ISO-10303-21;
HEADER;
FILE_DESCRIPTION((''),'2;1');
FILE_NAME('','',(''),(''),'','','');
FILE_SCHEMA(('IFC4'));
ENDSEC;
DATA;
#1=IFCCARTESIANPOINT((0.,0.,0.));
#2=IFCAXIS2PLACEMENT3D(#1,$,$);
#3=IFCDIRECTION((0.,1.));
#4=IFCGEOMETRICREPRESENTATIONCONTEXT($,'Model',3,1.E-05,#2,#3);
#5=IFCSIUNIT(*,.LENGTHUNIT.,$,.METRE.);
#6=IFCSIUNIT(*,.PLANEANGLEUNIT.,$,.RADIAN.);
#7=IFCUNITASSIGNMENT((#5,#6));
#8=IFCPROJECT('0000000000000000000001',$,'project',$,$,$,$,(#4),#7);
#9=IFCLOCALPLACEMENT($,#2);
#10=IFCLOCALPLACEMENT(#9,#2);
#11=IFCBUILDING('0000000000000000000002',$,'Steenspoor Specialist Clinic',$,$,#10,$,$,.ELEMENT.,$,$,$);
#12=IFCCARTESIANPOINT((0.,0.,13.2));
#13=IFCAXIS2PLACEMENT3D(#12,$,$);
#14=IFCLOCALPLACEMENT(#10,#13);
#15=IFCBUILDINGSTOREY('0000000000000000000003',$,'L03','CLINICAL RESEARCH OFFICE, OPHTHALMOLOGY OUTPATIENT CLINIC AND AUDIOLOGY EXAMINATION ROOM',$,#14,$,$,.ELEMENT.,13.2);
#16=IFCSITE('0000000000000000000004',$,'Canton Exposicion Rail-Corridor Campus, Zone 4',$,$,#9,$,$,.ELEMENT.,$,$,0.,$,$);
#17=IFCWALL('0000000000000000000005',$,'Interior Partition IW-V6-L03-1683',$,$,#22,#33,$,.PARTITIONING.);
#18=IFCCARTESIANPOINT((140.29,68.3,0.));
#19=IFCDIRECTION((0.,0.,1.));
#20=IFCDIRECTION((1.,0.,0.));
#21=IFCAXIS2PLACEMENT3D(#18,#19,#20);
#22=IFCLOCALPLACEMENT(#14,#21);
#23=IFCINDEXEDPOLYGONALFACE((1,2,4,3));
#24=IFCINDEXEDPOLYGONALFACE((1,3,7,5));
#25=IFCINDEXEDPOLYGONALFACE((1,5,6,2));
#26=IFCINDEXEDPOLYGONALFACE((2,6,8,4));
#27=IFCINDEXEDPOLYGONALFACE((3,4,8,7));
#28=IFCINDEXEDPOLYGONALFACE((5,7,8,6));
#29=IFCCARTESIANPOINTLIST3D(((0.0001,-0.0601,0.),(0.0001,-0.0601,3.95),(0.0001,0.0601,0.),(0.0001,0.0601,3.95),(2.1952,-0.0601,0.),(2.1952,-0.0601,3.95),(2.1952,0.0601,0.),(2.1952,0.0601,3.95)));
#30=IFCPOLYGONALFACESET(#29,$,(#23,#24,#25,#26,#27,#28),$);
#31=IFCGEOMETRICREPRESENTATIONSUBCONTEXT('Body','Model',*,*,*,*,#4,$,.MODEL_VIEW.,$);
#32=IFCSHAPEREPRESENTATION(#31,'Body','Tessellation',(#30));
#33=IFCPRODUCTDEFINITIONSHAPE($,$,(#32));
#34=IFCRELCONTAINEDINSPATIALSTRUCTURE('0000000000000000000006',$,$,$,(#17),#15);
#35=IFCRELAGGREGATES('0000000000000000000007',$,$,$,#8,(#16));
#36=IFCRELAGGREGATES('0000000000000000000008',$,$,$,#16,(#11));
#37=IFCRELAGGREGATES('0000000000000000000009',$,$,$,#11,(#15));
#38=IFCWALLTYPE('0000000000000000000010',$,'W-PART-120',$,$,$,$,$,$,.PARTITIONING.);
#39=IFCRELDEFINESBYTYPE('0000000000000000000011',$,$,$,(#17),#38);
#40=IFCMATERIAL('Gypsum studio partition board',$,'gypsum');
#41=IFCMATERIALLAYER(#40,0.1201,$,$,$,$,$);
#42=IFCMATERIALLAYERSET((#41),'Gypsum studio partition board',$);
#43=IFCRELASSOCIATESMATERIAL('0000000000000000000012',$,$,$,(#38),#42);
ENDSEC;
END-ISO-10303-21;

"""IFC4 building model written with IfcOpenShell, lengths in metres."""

from ifc_helpers import new_model, si_unit, direction, frame, frame_2d, origin, place, context, subcontext, project, spatial, rectangle, extrude, material, layer, layer_set, type_object, element, save


model = new_model("IFC4")

# Units and contexts
model_context = context("Model", 3, precision=1e-05, world=origin(), true_north=direction((0.0, 1.0)))
body_context = subcontext(model_context, "Body", "Model", "MODEL_VIEW")
ifc_project = project(units=[si_unit("LENGTHUNIT", "METRE"), si_unit("PLANEANGLEUNIT", "RADIAN")], contexts=[model_context])

# Site, building, storey
site_placement = place(None, origin())
site = spatial("IfcSite", under=ifc_project, at=site_placement, Name="Canton Exposicion Rail-Corridor Campus, Zone 4", CompositionType="ELEMENT", RefElevation=0.0)
building_placement = place(site_placement, origin())
building = spatial("IfcBuilding", under=site, at=building_placement, Name="Steenspoor Specialist Clinic", CompositionType="ELEMENT")
storey_placement = place(building_placement, frame((0.0, 0.0, 13.2)))
storey = spatial("IfcBuildingStorey", under=building, at=storey_placement, Name="L03", Description="CLINICAL RESEARCH OFFICE, OPHTHALMOLOGY OUTPATIENT CLINIC AND AUDIOLOGY EXAMINATION ROOM", CompositionType="ELEMENT", Elevation=13.2)

# Wall
ifc_material_1 = material(Name="Gypsum studio partition board", Category="gypsum")
ifc_layer_1 = layer(ifc_material_1, 0.1201)
ifc_layer_set_1 = layer_set([ifc_layer_1], Name="Gypsum studio partition board")
wall_type_1 = type_object("IfcWallType", Name="W-PART-120", PredefinedType="PARTITIONING", material=ifc_layer_set_1)
wall_1_placement = place(storey_placement, frame((140.29, 68.3, 0.0), z_axis=(0.0, 0.0, 1.0), x_axis=(1.0, 0.0, 0.0)))
element("IfcWall", 1, at=wall_1_placement, inside=storey, type_object=wall_type_1, Name="Interior Partition IW-V6-L03-1683", PredefinedType="PARTITIONING", context=body_context, shape_type="SweptSolid", body=[
    extrude(rectangle(XDim=2.1951, YDim=0.1201, at=frame_2d((1.0977, 0.0))), origin(), (0.0, 0.0, 1.0), 3.95),
])

save(model, "model.ifc")
